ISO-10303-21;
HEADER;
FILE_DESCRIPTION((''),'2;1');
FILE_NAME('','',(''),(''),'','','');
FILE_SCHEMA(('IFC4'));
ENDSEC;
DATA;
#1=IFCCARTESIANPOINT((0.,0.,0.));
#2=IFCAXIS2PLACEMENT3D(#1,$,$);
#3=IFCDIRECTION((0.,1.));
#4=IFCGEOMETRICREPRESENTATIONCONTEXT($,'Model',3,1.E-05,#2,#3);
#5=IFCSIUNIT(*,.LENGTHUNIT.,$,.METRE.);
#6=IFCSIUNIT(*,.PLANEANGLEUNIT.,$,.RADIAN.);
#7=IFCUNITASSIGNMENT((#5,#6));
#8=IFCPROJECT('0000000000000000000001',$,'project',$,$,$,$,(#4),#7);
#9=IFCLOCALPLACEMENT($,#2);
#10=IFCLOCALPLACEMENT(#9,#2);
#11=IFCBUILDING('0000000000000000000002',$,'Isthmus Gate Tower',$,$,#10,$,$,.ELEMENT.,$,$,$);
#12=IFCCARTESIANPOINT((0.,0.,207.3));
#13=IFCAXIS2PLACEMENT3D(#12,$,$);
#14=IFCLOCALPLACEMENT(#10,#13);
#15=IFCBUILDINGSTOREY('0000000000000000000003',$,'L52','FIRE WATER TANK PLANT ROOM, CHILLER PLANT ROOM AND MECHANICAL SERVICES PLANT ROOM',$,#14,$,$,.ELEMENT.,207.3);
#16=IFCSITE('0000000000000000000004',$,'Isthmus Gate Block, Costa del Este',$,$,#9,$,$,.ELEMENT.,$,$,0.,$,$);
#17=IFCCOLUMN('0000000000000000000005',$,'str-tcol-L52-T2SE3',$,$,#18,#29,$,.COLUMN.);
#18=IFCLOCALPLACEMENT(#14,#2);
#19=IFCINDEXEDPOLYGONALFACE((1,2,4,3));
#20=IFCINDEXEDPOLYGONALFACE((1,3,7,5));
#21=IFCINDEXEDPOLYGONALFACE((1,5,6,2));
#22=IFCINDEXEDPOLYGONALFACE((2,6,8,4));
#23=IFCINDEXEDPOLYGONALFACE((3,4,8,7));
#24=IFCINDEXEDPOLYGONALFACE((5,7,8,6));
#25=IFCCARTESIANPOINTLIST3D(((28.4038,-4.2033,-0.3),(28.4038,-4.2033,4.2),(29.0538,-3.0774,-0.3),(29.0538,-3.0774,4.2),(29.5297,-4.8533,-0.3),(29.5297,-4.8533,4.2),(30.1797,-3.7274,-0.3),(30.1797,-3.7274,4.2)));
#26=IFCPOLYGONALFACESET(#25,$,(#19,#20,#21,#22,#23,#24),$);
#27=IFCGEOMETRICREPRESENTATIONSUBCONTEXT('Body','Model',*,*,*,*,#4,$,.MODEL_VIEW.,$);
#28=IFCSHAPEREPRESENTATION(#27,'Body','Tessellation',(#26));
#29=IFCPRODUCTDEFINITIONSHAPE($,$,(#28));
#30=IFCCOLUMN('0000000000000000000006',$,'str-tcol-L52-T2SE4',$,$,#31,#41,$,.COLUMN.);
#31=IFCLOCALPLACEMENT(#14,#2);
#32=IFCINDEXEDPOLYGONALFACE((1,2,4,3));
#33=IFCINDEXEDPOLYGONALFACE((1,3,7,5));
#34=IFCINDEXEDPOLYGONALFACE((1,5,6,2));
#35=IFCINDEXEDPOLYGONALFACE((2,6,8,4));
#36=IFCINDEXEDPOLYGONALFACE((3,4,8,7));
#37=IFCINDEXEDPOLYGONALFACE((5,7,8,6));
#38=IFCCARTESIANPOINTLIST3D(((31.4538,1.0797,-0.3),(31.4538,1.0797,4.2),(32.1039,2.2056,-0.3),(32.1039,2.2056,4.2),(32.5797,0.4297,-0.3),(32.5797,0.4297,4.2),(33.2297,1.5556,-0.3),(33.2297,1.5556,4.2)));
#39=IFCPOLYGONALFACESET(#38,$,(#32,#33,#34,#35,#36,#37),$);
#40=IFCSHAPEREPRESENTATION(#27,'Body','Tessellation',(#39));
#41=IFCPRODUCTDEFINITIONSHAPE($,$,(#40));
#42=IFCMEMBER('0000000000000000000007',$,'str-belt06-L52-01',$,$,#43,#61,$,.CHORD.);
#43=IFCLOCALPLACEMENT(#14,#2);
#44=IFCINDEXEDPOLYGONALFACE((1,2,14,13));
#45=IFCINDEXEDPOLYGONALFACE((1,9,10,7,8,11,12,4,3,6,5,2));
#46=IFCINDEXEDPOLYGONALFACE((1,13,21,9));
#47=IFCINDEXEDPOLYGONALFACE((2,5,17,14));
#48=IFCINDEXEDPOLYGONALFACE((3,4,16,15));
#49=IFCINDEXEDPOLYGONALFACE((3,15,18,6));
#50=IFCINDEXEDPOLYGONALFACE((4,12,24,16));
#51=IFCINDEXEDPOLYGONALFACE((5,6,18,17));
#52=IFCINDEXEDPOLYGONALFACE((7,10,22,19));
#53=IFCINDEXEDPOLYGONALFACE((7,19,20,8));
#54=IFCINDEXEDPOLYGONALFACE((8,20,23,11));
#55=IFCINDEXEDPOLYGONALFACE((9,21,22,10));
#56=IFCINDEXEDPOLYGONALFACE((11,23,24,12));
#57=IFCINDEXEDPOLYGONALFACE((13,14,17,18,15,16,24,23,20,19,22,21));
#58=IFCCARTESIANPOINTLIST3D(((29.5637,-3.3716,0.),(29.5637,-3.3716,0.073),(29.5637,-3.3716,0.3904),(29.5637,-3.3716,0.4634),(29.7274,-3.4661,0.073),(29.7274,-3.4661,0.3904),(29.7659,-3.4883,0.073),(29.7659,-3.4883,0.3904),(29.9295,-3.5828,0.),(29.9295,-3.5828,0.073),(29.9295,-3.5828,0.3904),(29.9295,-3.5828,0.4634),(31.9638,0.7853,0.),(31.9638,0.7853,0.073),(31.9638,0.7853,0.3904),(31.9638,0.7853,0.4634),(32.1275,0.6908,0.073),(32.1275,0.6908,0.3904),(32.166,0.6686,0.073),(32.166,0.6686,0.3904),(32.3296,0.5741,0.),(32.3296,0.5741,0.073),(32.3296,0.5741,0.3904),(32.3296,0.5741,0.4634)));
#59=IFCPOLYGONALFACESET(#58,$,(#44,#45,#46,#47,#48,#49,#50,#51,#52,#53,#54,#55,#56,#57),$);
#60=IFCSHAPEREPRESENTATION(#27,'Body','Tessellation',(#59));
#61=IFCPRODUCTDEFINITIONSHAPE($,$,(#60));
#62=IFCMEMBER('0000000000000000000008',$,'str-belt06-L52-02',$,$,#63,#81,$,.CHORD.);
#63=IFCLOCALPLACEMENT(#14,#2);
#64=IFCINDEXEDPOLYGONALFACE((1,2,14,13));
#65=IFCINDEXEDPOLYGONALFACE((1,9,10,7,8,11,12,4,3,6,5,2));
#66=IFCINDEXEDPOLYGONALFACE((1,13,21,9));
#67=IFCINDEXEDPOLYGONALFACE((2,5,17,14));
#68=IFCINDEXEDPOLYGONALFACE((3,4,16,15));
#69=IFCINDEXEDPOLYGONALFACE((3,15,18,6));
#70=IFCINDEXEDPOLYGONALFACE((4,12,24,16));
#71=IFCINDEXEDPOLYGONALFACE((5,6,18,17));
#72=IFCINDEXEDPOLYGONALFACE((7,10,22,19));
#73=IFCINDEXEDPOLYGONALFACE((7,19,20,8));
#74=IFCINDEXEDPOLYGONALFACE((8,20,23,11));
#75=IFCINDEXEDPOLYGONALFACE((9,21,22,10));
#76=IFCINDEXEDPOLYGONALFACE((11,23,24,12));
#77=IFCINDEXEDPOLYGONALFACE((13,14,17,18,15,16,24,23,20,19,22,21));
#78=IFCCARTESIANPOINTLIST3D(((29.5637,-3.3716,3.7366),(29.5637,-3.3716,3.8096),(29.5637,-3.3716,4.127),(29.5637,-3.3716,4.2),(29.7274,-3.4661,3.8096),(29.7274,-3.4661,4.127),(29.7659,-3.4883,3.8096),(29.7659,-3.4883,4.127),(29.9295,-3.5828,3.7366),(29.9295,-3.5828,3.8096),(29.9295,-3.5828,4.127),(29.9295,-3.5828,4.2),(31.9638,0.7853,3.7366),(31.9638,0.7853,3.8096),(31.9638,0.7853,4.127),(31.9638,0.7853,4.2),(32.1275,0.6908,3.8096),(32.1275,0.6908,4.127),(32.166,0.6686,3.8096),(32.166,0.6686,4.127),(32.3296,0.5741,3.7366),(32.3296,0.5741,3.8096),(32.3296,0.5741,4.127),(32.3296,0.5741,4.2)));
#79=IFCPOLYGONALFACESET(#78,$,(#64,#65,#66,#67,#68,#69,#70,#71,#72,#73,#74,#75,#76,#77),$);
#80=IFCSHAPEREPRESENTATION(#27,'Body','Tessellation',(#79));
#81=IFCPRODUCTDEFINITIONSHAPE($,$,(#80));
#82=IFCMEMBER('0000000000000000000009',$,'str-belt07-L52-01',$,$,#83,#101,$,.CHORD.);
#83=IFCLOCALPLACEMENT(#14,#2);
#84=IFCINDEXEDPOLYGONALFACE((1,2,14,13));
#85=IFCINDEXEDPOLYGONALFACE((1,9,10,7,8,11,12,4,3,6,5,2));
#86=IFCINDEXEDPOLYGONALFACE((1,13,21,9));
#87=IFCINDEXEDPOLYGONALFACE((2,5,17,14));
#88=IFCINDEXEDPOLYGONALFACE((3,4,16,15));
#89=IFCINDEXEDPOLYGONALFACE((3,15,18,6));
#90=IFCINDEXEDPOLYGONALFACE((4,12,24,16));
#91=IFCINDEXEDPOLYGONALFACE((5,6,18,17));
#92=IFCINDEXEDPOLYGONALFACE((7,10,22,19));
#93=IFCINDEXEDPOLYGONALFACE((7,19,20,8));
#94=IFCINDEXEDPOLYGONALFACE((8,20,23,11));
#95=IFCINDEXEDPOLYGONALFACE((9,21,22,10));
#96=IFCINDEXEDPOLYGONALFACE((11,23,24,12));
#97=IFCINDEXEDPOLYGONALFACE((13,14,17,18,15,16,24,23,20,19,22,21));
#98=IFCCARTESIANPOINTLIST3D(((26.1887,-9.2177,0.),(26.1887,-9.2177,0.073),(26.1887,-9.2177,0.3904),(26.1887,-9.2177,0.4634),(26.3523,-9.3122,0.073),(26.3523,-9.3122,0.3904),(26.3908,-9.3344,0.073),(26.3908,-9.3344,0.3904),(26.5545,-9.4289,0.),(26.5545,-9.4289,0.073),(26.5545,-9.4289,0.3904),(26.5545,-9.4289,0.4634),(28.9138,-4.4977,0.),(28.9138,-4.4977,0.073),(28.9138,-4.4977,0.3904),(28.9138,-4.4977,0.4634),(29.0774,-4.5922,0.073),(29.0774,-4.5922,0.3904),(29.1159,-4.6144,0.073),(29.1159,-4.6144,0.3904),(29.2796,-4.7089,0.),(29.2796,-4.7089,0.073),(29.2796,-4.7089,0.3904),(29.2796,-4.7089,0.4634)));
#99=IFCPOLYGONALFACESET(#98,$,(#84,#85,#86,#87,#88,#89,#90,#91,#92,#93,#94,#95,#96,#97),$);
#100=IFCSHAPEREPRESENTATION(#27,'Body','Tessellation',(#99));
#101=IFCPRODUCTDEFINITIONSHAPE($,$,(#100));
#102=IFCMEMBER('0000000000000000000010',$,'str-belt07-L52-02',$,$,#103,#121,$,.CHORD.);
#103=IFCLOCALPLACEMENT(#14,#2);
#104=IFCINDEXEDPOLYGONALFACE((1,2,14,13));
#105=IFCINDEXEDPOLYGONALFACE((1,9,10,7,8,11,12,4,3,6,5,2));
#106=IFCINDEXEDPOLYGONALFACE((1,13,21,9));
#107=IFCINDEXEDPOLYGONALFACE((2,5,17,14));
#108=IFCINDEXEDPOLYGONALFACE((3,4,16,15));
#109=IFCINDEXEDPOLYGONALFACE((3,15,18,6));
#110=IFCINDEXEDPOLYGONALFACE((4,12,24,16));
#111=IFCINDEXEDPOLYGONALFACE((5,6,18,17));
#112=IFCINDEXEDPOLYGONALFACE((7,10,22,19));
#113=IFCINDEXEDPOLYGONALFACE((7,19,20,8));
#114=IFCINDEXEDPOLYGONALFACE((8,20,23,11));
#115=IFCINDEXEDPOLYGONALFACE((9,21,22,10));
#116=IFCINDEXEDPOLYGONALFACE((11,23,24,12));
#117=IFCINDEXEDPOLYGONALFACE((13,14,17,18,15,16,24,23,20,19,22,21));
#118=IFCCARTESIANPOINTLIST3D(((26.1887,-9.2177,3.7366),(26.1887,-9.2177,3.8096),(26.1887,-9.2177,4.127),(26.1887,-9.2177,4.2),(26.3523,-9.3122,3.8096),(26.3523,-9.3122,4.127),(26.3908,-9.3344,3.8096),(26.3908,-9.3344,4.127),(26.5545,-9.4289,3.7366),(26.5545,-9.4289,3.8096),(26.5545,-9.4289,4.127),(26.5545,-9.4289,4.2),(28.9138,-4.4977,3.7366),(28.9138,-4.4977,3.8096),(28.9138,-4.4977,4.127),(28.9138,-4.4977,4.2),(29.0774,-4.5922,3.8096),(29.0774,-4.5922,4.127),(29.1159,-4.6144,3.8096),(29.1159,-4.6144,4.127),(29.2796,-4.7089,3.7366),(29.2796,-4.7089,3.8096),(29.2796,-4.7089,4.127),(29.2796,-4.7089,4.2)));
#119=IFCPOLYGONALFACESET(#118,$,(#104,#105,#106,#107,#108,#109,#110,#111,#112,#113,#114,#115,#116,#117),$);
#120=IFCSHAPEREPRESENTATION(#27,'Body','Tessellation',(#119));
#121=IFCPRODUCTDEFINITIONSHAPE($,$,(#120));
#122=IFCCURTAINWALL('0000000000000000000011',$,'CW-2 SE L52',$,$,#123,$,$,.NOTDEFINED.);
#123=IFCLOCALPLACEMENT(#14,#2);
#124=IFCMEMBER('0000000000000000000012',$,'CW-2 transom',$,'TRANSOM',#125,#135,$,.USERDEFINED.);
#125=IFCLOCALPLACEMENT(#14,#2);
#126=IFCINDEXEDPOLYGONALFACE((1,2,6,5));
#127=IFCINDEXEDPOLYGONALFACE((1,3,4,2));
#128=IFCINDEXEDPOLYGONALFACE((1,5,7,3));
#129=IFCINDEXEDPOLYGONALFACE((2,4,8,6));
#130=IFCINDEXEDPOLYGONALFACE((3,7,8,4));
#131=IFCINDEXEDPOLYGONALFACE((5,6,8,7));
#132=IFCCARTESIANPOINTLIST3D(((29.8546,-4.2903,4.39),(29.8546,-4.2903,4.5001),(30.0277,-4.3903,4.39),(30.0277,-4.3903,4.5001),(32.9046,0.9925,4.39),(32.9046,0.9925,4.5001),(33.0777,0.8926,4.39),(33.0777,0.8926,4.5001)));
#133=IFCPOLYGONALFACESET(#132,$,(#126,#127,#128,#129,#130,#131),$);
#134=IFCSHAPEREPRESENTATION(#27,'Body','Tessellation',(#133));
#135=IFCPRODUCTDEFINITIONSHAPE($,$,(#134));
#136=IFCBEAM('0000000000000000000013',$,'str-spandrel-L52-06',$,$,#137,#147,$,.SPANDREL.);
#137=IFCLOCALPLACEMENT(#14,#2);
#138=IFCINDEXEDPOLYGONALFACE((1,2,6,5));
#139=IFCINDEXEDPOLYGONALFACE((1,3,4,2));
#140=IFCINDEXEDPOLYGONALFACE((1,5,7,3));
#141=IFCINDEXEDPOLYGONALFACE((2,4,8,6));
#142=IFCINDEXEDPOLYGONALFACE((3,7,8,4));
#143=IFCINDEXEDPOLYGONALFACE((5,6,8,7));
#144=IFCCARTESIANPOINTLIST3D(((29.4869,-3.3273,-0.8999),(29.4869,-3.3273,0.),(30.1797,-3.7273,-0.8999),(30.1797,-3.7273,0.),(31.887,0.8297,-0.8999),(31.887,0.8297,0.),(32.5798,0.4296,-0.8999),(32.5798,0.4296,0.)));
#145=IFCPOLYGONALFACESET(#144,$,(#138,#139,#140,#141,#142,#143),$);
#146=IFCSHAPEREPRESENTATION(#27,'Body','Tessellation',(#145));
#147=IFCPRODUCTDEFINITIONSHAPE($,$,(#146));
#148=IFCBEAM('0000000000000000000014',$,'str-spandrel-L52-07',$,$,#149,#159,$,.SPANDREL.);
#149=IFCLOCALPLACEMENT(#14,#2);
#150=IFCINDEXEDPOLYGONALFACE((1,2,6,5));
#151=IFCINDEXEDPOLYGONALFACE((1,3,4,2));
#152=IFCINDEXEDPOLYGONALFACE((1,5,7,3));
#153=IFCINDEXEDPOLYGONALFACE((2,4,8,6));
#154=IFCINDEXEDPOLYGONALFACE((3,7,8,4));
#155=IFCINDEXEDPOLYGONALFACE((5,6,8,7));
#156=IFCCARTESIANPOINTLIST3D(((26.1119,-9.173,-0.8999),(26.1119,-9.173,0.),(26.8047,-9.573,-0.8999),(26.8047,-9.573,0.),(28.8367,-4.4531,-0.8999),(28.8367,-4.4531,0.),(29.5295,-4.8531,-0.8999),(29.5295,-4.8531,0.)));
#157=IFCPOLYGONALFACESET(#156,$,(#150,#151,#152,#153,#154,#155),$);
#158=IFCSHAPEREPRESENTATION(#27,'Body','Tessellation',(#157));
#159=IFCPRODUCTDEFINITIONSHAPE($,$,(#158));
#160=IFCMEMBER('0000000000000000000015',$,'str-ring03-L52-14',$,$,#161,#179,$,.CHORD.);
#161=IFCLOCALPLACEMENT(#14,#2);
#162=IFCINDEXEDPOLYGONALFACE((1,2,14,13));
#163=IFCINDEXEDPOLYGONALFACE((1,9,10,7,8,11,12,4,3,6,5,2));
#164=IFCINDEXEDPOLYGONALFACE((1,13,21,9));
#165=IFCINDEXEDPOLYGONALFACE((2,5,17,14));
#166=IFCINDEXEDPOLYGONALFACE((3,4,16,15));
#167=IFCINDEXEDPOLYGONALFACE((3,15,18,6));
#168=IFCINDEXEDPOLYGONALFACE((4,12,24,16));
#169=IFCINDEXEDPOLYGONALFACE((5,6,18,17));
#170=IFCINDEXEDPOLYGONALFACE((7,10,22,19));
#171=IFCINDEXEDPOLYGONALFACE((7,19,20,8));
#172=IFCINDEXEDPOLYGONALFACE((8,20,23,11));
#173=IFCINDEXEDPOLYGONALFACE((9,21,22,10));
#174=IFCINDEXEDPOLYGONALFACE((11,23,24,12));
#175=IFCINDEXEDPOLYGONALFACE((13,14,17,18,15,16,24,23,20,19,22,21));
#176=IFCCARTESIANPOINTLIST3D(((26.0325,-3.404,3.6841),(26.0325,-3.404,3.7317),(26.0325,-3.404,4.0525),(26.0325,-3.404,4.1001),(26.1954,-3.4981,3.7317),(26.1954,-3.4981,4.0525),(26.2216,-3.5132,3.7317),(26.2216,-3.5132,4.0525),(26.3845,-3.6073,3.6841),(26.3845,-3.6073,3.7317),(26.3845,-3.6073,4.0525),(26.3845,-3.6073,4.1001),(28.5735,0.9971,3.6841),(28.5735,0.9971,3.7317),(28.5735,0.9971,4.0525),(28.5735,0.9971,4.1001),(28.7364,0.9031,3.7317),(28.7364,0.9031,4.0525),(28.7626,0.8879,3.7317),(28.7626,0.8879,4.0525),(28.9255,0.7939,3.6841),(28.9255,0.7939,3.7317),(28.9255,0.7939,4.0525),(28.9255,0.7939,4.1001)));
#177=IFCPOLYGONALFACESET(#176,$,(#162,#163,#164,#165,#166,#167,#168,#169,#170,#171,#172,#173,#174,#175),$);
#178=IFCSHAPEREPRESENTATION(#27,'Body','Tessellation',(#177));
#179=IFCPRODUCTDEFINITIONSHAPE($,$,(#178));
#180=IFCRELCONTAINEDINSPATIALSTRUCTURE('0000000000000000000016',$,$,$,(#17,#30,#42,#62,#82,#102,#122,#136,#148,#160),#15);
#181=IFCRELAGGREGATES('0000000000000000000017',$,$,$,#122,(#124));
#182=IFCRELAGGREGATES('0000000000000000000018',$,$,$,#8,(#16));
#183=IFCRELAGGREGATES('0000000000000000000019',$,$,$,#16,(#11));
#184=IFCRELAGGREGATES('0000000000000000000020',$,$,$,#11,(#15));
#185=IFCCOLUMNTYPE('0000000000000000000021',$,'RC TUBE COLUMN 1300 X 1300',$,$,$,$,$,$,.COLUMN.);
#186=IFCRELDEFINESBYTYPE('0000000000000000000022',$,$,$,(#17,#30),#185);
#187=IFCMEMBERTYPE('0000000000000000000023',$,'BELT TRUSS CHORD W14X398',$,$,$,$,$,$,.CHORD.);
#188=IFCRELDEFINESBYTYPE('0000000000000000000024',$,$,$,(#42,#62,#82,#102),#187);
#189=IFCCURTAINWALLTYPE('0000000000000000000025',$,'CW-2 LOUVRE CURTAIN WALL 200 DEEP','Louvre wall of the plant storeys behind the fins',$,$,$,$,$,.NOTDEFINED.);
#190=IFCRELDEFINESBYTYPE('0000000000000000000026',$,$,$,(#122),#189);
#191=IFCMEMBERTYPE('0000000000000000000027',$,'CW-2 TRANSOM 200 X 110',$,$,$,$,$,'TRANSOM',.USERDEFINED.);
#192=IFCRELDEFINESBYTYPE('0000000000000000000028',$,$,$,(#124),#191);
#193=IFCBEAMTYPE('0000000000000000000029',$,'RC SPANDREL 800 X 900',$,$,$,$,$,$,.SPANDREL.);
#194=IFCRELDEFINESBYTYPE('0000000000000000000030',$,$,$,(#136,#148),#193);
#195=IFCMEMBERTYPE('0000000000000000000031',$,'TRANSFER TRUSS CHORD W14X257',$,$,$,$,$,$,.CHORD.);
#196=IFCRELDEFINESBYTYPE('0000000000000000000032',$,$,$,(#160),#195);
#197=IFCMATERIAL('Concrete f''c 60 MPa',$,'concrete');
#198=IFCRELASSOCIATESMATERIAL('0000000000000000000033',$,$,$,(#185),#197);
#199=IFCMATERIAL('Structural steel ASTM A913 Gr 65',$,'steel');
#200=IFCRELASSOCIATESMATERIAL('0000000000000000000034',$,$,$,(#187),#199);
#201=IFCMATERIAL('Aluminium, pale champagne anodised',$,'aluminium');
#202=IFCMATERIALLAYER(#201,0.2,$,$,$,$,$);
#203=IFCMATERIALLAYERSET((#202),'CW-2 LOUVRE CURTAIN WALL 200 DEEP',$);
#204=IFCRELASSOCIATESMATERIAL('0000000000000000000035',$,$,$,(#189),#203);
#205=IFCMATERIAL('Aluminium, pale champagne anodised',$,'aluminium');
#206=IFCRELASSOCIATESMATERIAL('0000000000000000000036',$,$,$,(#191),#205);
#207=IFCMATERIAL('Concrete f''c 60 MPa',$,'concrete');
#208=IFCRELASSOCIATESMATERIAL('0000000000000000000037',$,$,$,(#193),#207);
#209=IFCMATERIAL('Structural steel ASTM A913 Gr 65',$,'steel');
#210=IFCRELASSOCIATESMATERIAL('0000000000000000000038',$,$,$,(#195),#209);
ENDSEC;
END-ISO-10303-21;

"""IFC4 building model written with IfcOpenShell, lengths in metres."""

from ifc_helpers import new_model, si_unit, direction, frame, origin, origin_2d, place, context, subcontext, project, spatial, rectangle, i_section, extrude, material, layer, layer_set, material_profile, profile_set, type_object, element, aggregate, save


model = new_model("IFC4")

# Units and contexts
model_context = context("Model", 3, precision=1e-05, world=origin(), true_north=direction((0.0, 1.0)))
body_context = subcontext(model_context, "Body", "Model", "MODEL_VIEW")
ifc_project = project(units=[si_unit("LENGTHUNIT", "METRE"), si_unit("PLANEANGLEUNIT", "RADIAN")], contexts=[model_context])

# Site, building, storey
site_placement = place(None, origin())
site = spatial("IfcSite", under=ifc_project, at=site_placement, Name="Isthmus Gate Block, Costa del Este", CompositionType="ELEMENT", RefElevation=0.0)
building_placement = place(site_placement, origin())
building = spatial("IfcBuilding", under=site, at=building_placement, Name="Isthmus Gate Tower", CompositionType="ELEMENT")
storey_placement = place(building_placement, frame((0.0, 0.0, 207.3)))
storey = spatial("IfcBuildingStorey", under=building, at=storey_placement, Name="L52", Description="FIRE WATER TANK PLANT ROOM, CHILLER PLANT ROOM AND MECHANICAL SERVICES PLANT ROOM", CompositionType="ELEMENT", Elevation=207.3)

# Columns
ifc_material_1 = material(Name="Concrete f'c 60 MPa", Category="concrete")
ifc_material_profile_1 = material_profile(ifc_material_1, rectangle(XDim=1.3, YDim=1.3, at=origin_2d()), Name="RC 1300X1300")
ifc_profile_set_1 = profile_set([ifc_material_profile_1], Name="Concrete f'c 60 MPa")
column_type = type_object("IfcColumnType", Name="RC TUBE COLUMN 1300 X 1300", PredefinedType="COLUMN", material=ifc_profile_set_1)
for number, where, z_axis, x_axis, name in (
    (1, (29.2917, -3.9653, -0.3), (0.0, 0.0, 1.0), (0.5, 0.866025, 0.0), "str-tcol-L52-T2SE3"),
    (2, (32.3418, 1.3176, -0.3), (0.0, 0.0, 1.0), (0.5, 0.866025, 0.0), "str-tcol-L52-T2SE4"),
):
    element("IfcColumn", number, at=place(storey_placement, frame(where, z_axis=z_axis, x_axis=x_axis)), inside=storey, type_object=column_type, Name=name, PredefinedType="COLUMN", context=body_context, shape_type="SweptSolid", body=[
        extrude(rectangle(XDim=1.3, YDim=1.3, at=origin_2d()), origin(), (0.0, 0.0, 1.0), 4.5),
    ])

# Members
ifc_material_2 = material(Name="Structural steel ASTM A913 Gr 65", Category="steel")
ifc_material_profile_2 = material_profile(ifc_material_2, i_section(OverallWidth=0.4224, OverallDepth=0.4634, WebThickness=0.0444, FlangeThickness=0.073, at=origin_2d()), Name="W14X398")
ifc_profile_set_2 = profile_set([ifc_material_profile_2], Name="Structural steel ASTM A913 Gr 65")
member_type_1 = type_object("IfcMemberType", Name="BELT TRUSS CHORD W14X398", PredefinedType="CHORD", material=ifc_profile_set_2)
for number, where, z_axis, x_axis, name in (
    (3, (32.1467, 0.6797, 0.2317), (-0.500017, -0.866015, 0.0), (0.866015, -0.500017, 0.0), "str-belt06-L52-01"),
    (4, (32.1467, 0.6797, 3.9683), (-0.500017, -0.866015, 0.0), (0.866015, -0.500017, 0.0), "str-belt06-L52-02"),
):
    element("IfcMember", number, at=place(storey_placement, frame(where, z_axis=z_axis, x_axis=x_axis)), inside=storey, type_object=member_type_1, Name=name, PredefinedType="CHORD", context=body_context, shape_type="SweptSolid", body=[
        extrude(i_section(OverallWidth=0.4224, OverallDepth=0.4634, WebThickness=0.0444, FlangeThickness=0.073, at=origin_2d()), origin(), (0.0, 0.0, 1.0), 4.8),
    ])
for number, where, z_axis, x_axis, name in (
    (5, (29.0967, -4.6033, 0.2317), (-0.500003, -0.866024, 0.0), (0.866024, -0.500003, 0.0), "str-belt07-L52-01"),
    (6, (29.0967, -4.6033, 3.9683), (-0.500003, -0.866024, 0.0), (0.866024, -0.500003, 0.0), "str-belt07-L52-02"),
):
    element("IfcMember", number, at=place(storey_placement, frame(where, z_axis=z_axis, x_axis=x_axis)), inside=storey, type_object=member_type_1, Name=name, PredefinedType="CHORD", context=body_context, shape_type="SweptSolid", body=[
        extrude(i_section(OverallWidth=0.4224, OverallDepth=0.4634, WebThickness=0.0444, FlangeThickness=0.073, at=origin_2d()), origin(), (0.0, 0.0, 1.0), 5.4502),
    ])

# Curtain wall, member
ifc_material_3 = material(Name="Aluminium, pale champagne anodised", Category="aluminium")
ifc_layer_1 = layer(ifc_material_3, 0.2)
ifc_layer_set_1 = layer_set([ifc_layer_1], Name="CW-2 LOUVRE CURTAIN WALL 200 DEEP")
curtain_wall_type = type_object("IfcCurtainWallType", Name="CW-2 LOUVRE CURTAIN WALL 200 DEEP", Description="Louvre wall of the plant storeys behind the fins", PredefinedType="NOTDEFINED", material=ifc_layer_set_1)
curtain_wall_placement = place(storey_placement, origin())
curtain_wall = element("IfcCurtainWall", 7, at=curtain_wall_placement, inside=storey, type_object=curtain_wall_type, Name="CW-2 SE L52", PredefinedType="NOTDEFINED")
ifc_material_4 = material(Name="Aluminium, pale champagne anodised", Category="aluminium")
ifc_material_profile_3 = material_profile(ifc_material_4, rectangle(XDim=0.2, YDim=0.1101, at=origin_2d()), Name="200x110")
ifc_profile_set_3 = profile_set([ifc_material_profile_3], Name="Aluminium, pale champagne anodised")
member_type_2 = type_object("IfcMemberType", Name="CW-2 TRANSOM 200 X 110", ElementType="TRANSOM", PredefinedType="USERDEFINED", material=ifc_profile_set_3)
member_1_placement = place(storey_placement, frame((29.9412, -4.3403, 4.4451), z_axis=(0.499992, 0.86603, 0.0), x_axis=(-0.86603, 0.499992, 0.0)))
member_1 = element("IfcMember", 8, at=member_1_placement, type_object=member_type_2, Name="CW-2 transom", ObjectType="TRANSOM", PredefinedType="USERDEFINED", context=body_context, shape_type="SweptSolid", body=[
    extrude(rectangle(XDim=0.2, YDim=0.1101, at=origin_2d()), origin(), (0.0, 0.0, 1.0), 6.1001),
])

# Beams
ifc_material_5 = material(Name="Concrete f'c 60 MPa", Category="concrete")
ifc_material_profile_4 = material_profile(ifc_material_5, rectangle(XDim=0.8, YDim=0.8999, at=origin_2d()), Name="RC 800X900")
ifc_profile_set_4 = profile_set([ifc_material_profile_4], Name="Concrete f'c 60 MPa")
beam_type = type_object("IfcBeamType", Name="RC SPANDREL 800 X 900", PredefinedType="SPANDREL", material=ifc_profile_set_4)
beam_1_placement = place(storey_placement, frame((32.2334, 0.6296, -0.45), z_axis=(-0.500017, -0.866015, 0.0), x_axis=(0.866015, -0.500017, 0.0)))
element("IfcBeam", 9, at=beam_1_placement, inside=storey, type_object=beam_type, Name="str-spandrel-L52-06", PredefinedType="SPANDREL", context=body_context, shape_type="SweptSolid", body=[
    extrude(rectangle(XDim=0.8, YDim=0.8999, at=origin_2d()), origin(), (0.0, 0.0, 1.0), 4.8),
])
beam_2_placement = place(storey_placement, frame((29.1831, -4.6531, -0.45), z_axis=(-0.499969, -0.866043, 0.0), x_axis=(0.866043, -0.499969, 0.0)))
element("IfcBeam", 10, at=beam_2_placement, inside=storey, type_object=beam_type, Name="str-spandrel-L52-07", PredefinedType="SPANDREL", context=body_context, shape_type="SweptSolid", body=[
    extrude(rectangle(XDim=0.8, YDim=0.8999, at=origin_2d()), origin(), (0.0, 0.0, 1.0), 5.45),
])

# Member
ifc_material_6 = material(Name="Structural steel ASTM A913 Gr 65", Category="steel")
ifc_material_profile_5 = material_profile(ifc_material_6, i_section(OverallWidth=0.4065, OverallDepth=0.416, WebThickness=0.0303, FlangeThickness=0.0476, at=origin_2d()), Name="W14X257")
ifc_profile_set_5 = profile_set([ifc_material_profile_5], Name="Structural steel ASTM A913 Gr 65")
member_type_3 = type_object("IfcMemberType", Name="TRANSFER TRUSS CHORD W14X257", PredefinedType="CHORD", material=ifc_profile_set_5)
member_2_placement = place(storey_placement, frame((28.7495, 0.8955, 3.8921), z_axis=(-0.500004, -0.866023, 0.0), x_axis=(0.866023, -0.500004, 0.0)))
element("IfcMember", 11, at=member_2_placement, inside=storey, type_object=member_type_3, Name="str-ring03-L52-14", PredefinedType="CHORD", context=body_context, shape_type="SweptSolid", body=[
    extrude(i_section(OverallWidth=0.4065, OverallDepth=0.416, WebThickness=0.0303, FlangeThickness=0.0476, at=origin_2d()), origin(), (0.0, 0.0, 1.0), 5.082),
])

aggregate(curtain_wall, [member_1])

save(model, "model.ifc")
